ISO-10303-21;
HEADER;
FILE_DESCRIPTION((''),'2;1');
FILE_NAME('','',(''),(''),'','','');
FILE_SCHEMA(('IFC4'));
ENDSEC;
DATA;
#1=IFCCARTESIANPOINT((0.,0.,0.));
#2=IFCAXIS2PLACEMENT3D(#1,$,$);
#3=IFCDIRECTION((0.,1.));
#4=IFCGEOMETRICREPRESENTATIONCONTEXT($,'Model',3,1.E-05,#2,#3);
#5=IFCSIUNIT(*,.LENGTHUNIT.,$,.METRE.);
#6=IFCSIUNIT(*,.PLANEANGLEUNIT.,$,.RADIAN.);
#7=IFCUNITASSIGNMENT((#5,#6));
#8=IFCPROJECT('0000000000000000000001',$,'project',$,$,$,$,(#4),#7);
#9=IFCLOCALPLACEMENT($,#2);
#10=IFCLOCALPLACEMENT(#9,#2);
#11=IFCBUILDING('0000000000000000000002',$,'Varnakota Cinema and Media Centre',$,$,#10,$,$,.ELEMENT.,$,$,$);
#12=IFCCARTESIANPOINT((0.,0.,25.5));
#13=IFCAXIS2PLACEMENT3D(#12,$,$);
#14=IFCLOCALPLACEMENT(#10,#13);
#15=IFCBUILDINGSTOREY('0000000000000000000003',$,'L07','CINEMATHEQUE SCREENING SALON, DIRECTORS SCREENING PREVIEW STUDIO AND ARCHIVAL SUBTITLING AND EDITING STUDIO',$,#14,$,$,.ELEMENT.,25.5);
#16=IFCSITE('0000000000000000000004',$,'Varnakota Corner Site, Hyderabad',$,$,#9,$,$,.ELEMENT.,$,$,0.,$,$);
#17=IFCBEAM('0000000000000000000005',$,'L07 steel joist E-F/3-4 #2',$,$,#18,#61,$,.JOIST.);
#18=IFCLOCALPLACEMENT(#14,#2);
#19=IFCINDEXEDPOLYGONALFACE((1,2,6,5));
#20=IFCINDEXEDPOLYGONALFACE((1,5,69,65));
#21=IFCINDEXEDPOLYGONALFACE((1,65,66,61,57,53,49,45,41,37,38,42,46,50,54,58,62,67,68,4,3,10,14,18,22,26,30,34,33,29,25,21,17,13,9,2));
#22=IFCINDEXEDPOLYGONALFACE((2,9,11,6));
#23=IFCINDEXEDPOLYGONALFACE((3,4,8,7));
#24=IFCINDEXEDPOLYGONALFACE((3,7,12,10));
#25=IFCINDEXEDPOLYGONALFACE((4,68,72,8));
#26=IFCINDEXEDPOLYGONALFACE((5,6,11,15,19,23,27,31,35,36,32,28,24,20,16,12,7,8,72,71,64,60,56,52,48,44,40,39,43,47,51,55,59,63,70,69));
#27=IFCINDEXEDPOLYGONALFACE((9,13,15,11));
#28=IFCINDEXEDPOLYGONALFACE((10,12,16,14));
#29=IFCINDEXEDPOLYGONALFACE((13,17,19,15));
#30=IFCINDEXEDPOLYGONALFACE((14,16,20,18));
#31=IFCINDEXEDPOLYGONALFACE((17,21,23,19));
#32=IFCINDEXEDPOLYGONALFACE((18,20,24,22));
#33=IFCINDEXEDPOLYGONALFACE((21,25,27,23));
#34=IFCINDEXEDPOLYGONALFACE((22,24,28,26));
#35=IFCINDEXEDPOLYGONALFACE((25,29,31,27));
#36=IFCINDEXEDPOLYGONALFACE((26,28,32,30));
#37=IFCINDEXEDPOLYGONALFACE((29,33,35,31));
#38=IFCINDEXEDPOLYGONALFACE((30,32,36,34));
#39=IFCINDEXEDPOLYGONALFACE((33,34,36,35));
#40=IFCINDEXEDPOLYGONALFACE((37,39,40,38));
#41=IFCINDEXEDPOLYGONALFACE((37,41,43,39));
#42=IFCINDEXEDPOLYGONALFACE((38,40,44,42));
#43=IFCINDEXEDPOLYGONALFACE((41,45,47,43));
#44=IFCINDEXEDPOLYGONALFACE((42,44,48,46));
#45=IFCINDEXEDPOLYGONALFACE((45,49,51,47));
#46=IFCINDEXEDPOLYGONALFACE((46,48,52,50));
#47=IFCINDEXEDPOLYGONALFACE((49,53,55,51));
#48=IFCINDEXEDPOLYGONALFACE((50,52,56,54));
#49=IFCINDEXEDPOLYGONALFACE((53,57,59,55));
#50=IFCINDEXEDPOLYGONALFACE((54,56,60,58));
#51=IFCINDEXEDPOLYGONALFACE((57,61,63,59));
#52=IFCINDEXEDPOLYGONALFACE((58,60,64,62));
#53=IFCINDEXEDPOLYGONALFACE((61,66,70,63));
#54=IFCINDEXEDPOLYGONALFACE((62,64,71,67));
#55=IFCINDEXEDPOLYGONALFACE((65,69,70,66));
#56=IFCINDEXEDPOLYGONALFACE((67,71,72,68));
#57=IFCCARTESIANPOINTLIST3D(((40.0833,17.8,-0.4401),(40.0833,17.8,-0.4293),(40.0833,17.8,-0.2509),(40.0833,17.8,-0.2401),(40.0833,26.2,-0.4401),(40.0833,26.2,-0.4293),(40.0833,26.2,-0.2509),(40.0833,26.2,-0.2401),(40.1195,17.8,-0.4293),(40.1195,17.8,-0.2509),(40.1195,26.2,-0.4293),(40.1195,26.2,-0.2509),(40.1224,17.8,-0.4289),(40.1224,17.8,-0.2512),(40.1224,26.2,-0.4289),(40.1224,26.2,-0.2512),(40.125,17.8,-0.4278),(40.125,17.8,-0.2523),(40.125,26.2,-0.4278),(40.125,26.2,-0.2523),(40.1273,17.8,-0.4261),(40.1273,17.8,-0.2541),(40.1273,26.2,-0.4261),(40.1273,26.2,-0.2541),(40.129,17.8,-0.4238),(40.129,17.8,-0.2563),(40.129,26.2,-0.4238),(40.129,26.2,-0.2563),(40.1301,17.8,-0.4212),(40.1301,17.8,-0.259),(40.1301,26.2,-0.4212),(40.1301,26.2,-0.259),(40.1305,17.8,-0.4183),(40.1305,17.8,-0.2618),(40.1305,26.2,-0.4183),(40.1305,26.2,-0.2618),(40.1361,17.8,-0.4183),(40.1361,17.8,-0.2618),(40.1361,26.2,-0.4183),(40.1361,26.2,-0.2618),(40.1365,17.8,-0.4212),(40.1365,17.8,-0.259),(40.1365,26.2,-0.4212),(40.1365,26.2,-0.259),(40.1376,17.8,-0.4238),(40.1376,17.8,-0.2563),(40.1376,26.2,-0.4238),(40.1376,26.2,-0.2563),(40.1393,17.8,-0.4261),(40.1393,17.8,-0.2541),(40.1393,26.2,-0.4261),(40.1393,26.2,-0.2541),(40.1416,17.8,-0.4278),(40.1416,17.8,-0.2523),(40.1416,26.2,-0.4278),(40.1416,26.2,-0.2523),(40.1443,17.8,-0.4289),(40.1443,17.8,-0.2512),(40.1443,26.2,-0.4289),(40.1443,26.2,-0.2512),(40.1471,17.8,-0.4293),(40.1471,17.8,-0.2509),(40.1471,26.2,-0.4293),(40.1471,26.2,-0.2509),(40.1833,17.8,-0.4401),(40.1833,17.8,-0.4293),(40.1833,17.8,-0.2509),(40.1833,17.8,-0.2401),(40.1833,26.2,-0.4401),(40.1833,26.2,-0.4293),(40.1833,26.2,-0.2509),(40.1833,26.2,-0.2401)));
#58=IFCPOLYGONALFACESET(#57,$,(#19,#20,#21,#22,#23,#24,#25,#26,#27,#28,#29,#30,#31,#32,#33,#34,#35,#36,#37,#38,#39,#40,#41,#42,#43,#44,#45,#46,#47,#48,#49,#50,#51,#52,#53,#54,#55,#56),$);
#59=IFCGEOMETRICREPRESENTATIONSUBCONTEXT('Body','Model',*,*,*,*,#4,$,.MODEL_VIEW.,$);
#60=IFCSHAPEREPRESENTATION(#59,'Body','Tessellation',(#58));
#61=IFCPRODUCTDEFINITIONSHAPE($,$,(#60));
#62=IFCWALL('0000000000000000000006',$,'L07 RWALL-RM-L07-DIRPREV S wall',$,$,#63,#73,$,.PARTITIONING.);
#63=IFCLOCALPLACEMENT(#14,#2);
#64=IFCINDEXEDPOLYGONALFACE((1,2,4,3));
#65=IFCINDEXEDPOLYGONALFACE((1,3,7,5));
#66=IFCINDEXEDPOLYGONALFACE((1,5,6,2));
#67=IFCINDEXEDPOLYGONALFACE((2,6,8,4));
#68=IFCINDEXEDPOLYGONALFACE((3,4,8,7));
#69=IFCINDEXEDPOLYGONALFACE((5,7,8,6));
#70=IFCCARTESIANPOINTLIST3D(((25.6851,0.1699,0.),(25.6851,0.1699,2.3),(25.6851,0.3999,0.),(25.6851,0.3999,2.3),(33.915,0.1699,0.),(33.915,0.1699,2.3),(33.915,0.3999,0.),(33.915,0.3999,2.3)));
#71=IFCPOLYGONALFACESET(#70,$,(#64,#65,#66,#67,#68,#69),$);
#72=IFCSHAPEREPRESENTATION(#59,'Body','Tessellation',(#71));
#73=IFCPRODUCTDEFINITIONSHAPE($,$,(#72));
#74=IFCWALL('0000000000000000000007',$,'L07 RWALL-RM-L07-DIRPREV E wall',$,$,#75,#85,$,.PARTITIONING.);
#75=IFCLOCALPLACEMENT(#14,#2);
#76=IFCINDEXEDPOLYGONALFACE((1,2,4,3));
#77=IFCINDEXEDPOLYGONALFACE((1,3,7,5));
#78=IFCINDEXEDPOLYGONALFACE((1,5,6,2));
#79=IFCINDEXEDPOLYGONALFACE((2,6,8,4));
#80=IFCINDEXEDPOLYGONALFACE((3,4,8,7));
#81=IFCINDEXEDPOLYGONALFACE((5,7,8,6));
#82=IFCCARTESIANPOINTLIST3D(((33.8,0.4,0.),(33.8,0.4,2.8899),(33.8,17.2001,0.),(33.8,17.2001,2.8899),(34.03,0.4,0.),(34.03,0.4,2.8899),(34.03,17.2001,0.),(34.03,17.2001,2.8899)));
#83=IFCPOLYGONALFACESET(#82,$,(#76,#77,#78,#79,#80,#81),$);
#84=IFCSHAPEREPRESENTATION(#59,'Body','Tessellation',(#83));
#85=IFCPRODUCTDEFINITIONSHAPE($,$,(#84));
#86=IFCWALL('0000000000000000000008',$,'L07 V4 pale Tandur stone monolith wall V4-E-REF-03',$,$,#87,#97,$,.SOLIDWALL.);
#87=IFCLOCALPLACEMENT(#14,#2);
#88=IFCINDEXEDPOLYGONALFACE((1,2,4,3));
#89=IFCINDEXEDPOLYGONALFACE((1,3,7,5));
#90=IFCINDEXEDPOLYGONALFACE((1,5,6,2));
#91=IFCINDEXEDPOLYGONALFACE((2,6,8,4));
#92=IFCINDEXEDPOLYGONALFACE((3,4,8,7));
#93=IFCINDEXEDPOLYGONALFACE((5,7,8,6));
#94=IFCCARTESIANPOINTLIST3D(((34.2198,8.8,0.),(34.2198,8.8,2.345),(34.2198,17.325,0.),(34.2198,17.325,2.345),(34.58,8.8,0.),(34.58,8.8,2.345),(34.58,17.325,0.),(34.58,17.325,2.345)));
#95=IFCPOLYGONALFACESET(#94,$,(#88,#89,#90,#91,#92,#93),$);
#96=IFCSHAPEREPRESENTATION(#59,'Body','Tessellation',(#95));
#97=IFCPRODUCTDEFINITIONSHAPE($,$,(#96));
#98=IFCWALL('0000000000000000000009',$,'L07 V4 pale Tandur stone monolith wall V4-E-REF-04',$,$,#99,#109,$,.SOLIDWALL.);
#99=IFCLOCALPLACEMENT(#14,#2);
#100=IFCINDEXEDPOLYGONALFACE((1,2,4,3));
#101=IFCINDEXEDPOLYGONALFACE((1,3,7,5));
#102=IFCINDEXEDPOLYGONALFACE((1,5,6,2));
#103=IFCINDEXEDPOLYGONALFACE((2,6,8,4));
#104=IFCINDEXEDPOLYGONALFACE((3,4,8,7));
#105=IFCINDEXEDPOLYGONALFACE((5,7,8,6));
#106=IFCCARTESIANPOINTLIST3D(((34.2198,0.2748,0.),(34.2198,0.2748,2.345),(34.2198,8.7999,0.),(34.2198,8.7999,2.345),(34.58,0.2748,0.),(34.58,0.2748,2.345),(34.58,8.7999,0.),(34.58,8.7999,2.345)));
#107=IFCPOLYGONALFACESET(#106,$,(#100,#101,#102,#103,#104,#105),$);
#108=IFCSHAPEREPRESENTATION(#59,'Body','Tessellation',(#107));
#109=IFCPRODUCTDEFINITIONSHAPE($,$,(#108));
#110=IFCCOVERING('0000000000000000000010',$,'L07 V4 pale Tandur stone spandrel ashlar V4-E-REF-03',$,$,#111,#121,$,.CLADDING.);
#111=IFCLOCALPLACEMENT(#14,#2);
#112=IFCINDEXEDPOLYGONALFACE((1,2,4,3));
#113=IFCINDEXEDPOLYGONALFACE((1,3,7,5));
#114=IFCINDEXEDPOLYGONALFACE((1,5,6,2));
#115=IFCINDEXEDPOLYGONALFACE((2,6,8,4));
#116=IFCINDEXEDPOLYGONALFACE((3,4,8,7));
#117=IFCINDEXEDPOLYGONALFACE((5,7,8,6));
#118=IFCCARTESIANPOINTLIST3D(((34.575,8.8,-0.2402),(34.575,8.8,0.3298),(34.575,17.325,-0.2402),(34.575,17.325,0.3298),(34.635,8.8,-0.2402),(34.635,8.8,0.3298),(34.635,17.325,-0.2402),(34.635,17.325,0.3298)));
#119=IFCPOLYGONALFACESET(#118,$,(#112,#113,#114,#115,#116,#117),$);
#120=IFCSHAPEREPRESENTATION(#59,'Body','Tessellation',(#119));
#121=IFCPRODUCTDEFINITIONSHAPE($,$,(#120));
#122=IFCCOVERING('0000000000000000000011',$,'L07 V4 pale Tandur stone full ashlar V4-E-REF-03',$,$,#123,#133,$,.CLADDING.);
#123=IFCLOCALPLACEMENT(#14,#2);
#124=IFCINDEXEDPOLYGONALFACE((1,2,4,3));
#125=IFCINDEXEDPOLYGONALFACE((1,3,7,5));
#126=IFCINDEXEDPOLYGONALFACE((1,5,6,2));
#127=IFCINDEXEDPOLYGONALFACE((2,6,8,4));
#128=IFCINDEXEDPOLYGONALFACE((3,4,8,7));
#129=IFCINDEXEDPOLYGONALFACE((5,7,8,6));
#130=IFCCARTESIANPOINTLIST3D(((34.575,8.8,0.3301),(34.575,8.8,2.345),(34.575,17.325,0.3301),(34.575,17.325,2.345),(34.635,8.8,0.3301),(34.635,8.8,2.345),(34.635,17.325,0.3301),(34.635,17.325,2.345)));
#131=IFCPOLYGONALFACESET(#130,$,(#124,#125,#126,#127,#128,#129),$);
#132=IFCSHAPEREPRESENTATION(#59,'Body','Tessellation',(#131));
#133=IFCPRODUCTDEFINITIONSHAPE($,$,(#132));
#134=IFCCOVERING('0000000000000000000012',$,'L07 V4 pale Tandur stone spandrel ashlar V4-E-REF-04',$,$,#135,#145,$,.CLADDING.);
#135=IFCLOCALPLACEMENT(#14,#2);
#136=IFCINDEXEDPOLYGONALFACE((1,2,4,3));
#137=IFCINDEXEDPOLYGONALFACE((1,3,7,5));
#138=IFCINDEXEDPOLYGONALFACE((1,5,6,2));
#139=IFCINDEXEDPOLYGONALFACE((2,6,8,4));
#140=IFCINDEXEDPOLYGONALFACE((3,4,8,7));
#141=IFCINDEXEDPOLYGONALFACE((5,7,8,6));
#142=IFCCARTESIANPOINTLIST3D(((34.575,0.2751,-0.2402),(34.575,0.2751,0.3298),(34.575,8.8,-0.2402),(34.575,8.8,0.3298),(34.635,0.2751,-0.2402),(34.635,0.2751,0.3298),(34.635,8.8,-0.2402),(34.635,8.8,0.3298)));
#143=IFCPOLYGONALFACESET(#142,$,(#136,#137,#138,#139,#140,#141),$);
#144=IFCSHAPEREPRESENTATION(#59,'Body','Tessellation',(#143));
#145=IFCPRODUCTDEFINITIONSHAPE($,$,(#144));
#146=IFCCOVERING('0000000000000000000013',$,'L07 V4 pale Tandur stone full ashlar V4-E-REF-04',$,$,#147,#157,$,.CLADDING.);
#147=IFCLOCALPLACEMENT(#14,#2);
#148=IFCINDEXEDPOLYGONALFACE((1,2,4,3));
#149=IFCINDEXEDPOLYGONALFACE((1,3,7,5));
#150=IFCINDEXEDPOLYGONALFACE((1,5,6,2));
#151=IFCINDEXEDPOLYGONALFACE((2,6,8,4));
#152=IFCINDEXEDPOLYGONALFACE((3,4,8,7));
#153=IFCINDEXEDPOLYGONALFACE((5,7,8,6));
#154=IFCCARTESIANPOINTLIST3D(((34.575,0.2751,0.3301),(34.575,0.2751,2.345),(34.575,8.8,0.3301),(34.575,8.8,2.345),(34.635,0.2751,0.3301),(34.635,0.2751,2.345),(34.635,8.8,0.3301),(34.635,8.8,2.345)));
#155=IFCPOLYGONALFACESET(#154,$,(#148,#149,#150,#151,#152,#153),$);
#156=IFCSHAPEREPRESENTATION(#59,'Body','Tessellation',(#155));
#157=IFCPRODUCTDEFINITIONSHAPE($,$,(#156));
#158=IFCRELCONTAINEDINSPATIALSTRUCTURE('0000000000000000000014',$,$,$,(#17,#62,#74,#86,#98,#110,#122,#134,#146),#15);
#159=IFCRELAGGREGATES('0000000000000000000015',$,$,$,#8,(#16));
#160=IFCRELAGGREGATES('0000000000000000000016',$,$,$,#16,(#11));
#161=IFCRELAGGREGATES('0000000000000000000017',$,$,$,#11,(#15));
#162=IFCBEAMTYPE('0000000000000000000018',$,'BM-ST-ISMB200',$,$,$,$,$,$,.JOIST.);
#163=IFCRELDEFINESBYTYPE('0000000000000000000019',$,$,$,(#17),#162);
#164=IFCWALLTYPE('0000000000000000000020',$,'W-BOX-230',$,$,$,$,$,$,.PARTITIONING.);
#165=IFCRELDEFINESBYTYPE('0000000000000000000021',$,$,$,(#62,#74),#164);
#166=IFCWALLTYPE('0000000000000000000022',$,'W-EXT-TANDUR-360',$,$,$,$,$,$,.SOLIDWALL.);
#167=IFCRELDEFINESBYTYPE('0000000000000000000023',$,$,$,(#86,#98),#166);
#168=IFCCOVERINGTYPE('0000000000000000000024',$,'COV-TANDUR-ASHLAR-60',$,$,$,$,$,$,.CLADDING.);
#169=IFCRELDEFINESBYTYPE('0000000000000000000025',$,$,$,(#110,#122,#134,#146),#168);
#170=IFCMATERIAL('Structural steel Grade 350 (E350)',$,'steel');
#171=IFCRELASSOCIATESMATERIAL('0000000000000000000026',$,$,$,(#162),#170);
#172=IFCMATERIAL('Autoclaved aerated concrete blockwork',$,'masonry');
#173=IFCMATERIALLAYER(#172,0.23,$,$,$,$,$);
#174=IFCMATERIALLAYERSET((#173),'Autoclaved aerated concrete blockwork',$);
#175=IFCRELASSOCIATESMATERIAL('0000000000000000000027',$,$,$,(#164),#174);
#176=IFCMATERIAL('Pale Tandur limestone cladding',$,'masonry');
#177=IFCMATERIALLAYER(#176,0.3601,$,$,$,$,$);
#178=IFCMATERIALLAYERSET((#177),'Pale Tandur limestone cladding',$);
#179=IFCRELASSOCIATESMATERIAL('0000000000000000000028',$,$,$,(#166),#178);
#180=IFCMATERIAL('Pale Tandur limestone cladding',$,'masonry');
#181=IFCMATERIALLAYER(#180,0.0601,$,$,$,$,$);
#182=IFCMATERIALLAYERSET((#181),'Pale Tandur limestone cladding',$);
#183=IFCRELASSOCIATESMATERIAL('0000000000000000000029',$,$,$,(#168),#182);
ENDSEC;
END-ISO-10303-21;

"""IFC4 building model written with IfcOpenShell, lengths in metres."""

from ifc_helpers import new_model, si_unit, direction, frame, frame_2d, origin, origin_2d, place, context, subcontext, project, spatial, rectangle, i_section, extrude, material, layer, layer_set, material_profile, profile_set, type_object, element, save


model = new_model("IFC4")

# Units and contexts
model_context = context("Model", 3, precision=1e-05, world=origin(), true_north=direction((0.0, 1.0)))
body_context = subcontext(model_context, "Body", "Model", "MODEL_VIEW")
ifc_project = project(units=[si_unit("LENGTHUNIT", "METRE"), si_unit("PLANEANGLEUNIT", "RADIAN")], contexts=[model_context])

# Site, building, storey
site_placement = place(None, origin())
site = spatial("IfcSite", under=ifc_project, at=site_placement, Name="Varnakota Corner Site, Hyderabad", CompositionType="ELEMENT", RefElevation=0.0)
building_placement = place(site_placement, origin())
building = spatial("IfcBuilding", under=site, at=building_placement, Name="Varnakota Cinema and Media Centre", CompositionType="ELEMENT")
storey_placement = place(building_placement, frame((0.0, 0.0, 25.5)))
storey = spatial("IfcBuildingStorey", under=building, at=storey_placement, Name="L07", Description="CINEMATHEQUE SCREENING SALON, DIRECTORS SCREENING PREVIEW STUDIO AND ARCHIVAL SUBTITLING AND EDITING STUDIO", CompositionType="ELEMENT", Elevation=25.5)

# Beam
ifc_material_1 = material(Name="Structural steel Grade 350 (E350)", Category="steel")
ifc_material_profile_1 = material_profile(ifc_material_1, i_section(OverallWidth=0.1001, OverallDepth=0.2, WebThickness=0.0056, FlangeThickness=0.0107, FilletRadius=0.011, at=origin_2d()), Name="ISMB 200")
ifc_profile_set_1 = profile_set([ifc_material_profile_1], Name="Structural steel Grade 350 (E350)")
beam_type_1 = type_object("IfcBeamType", Name="BM-ST-ISMB200", PredefinedType="JOIST", material=ifc_profile_set_1)
for number, where, z_axis, x_axis, name in (
    (1, (40.1333, 17.8, -0.3401), (0.0, 1.0, 0.0), (-1.0, 0.0, 0.0), "L07 steel joist E-F/3-4 #2"),
):
    element("IfcBeam", number, at=place(storey_placement, frame(where, z_axis=z_axis, x_axis=x_axis)), inside=storey, type_object=beam_type_1, Name=name, PredefinedType="JOIST", context=body_context, shape_type="SweptSolid", body=[
        extrude(i_section(OverallWidth=0.1001, OverallDepth=0.2, WebThickness=0.0056, FlangeThickness=0.0107, FilletRadius=0.011, at=origin_2d()), origin(), (0.0, 0.0, 1.0), 8.3999),
    ])

# Walls
ifc_material_2 = material(Name="Autoclaved aerated concrete blockwork", Category="masonry")
ifc_layer_1 = layer(ifc_material_2, 0.23)
ifc_layer_set_1 = layer_set([ifc_layer_1], Name="Autoclaved aerated concrete blockwork")
wall_type_1 = type_object("IfcWallType", Name="W-BOX-230", PredefinedType="PARTITIONING", material=ifc_layer_set_1)
wall_1_placement = place(storey_placement, frame((33.915, 0.2849, 0.0), z_axis=(0.0, 0.0, 1.0), x_axis=(-1.0, 0.0, 0.0)))
element("IfcWall", 2, at=wall_1_placement, inside=storey, type_object=wall_type_1, Name="L07 RWALL-RM-L07-DIRPREV S wall", PredefinedType="PARTITIONING", context=body_context, shape_type="SweptSolid", body=[
    extrude(rectangle(XDim=8.23, YDim=0.23, at=frame_2d((4.115, 0.0))), origin(), (0.0, 0.0, 1.0), 2.3),
])
wall_2_placement = place(storey_placement, frame((33.915, 17.2, 0.0), z_axis=(0.0, 0.0, 1.0), x_axis=(0.0, -1.0, 0.0)))
element("IfcWall", 3, at=wall_2_placement, inside=storey, type_object=wall_type_1, Name="L07 RWALL-RM-L07-DIRPREV E wall", PredefinedType="PARTITIONING", context=body_context, shape_type="SweptSolid", body=[
    extrude(rectangle(XDim=16.8, YDim=0.23, at=frame_2d((8.3999, 0.0))), origin(), (0.0, 0.0, 1.0), 2.8899),
])
ifc_material_3 = material(Name="Pale Tandur limestone cladding", Category="masonry")
ifc_layer_2 = layer(ifc_material_3, 0.3601)
ifc_layer_set_2 = layer_set([ifc_layer_2], Name="Pale Tandur limestone cladding")
wall_type_2 = type_object("IfcWallType", Name="W-EXT-TANDUR-360", PredefinedType="SOLIDWALL", material=ifc_layer_set_2)
wall_3_placement = place(storey_placement, frame((34.3999, 17.325, 0.0), z_axis=(0.0, 0.0, 1.0), x_axis=(0.0, -1.0, 0.0)))
element("IfcWall", 4, at=wall_3_placement, inside=storey, type_object=wall_type_2, Name="L07 V4 pale Tandur stone monolith wall V4-E-REF-03", PredefinedType="SOLIDWALL", context=body_context, shape_type="SweptSolid", body=[
    extrude(rectangle(XDim=8.5249, YDim=0.3601, at=frame_2d((4.2625, 0.0))), origin(), (0.0, 0.0, 1.0), 2.345),
])
wall_4_placement = place(storey_placement, frame((34.3999, 8.8, 0.0), z_axis=(0.0, 0.0, 1.0), x_axis=(0.0, -1.0, 0.0)))
element("IfcWall", 5, at=wall_4_placement, inside=storey, type_object=wall_type_2, Name="L07 V4 pale Tandur stone monolith wall V4-E-REF-04", PredefinedType="SOLIDWALL", context=body_context, shape_type="SweptSolid", body=[
    extrude(rectangle(XDim=8.5251, YDim=0.3601, at=frame_2d((4.2627, 0.0))), origin(), (0.0, 0.0, 1.0), 2.345),
])

# Coverings
ifc_material_4 = material(Name="Pale Tandur limestone cladding", Category="masonry")
ifc_layer_3 = layer(ifc_material_4, 0.0601)
ifc_layer_set_3 = layer_set([ifc_layer_3], Name="Pale Tandur limestone cladding")
covering_type = type_object("IfcCoveringType", Name="COV-TANDUR-ASHLAR-60", PredefinedType="CLADDING", material=ifc_layer_set_3)
covering_1_placement = place(storey_placement, frame((34.605, 13.0625, -0.2402), z_axis=(0.0, 0.0, 1.0), x_axis=(0.0, -1.0, 0.0)))
element("IfcCovering", 6, at=covering_1_placement, inside=storey, type_object=covering_type, Name="L07 V4 pale Tandur stone spandrel ashlar V4-E-REF-03", PredefinedType="CLADDING", context=body_context, shape_type="SweptSolid", body=[
    extrude(rectangle(XDim=8.5249, YDim=0.0601, at=origin_2d()), origin(), (0.0, 0.0, 1.0), 0.5701),
])
covering_2_placement = place(storey_placement, frame((34.605, 13.0625, 0.3301), z_axis=(0.0, 0.0, 1.0), x_axis=(0.0, -1.0, 0.0)))
element("IfcCovering", 7, at=covering_2_placement, inside=storey, type_object=covering_type, Name="L07 V4 pale Tandur stone full ashlar V4-E-REF-03", PredefinedType="CLADDING", context=body_context, shape_type="SweptSolid", body=[
    extrude(rectangle(XDim=8.5249, YDim=0.0601, at=origin_2d()), origin(), (0.0, 0.0, 1.0), 2.0149),
])
covering_3_placement = place(storey_placement, frame((34.605, 4.5376, -0.2402), z_axis=(0.0, 0.0, 1.0), x_axis=(0.0, -1.0, 0.0)))
element("IfcCovering", 8, at=covering_3_placement, inside=storey, type_object=covering_type, Name="L07 V4 pale Tandur stone spandrel ashlar V4-E-REF-04", PredefinedType="CLADDING", context=body_context, shape_type="SweptSolid", body=[
    extrude(rectangle(XDim=8.5249, YDim=0.0601, at=origin_2d()), origin(), (0.0, 0.0, 1.0), 0.5701),
])
covering_4_placement = place(storey_placement, frame((34.605, 4.5376, 0.3301), z_axis=(0.0, 0.0, 1.0), x_axis=(0.0, -1.0, 0.0)))
element("IfcCovering", 9, at=covering_4_placement, inside=storey, type_object=covering_type, Name="L07 V4 pale Tandur stone full ashlar V4-E-REF-04", PredefinedType="CLADDING", context=body_context, shape_type="SweptSolid", body=[
    extrude(rectangle(XDim=8.5249, YDim=0.0601, at=origin_2d()), origin(), (0.0, 0.0, 1.0), 2.0149),
])

save(model, "model.ifc")
